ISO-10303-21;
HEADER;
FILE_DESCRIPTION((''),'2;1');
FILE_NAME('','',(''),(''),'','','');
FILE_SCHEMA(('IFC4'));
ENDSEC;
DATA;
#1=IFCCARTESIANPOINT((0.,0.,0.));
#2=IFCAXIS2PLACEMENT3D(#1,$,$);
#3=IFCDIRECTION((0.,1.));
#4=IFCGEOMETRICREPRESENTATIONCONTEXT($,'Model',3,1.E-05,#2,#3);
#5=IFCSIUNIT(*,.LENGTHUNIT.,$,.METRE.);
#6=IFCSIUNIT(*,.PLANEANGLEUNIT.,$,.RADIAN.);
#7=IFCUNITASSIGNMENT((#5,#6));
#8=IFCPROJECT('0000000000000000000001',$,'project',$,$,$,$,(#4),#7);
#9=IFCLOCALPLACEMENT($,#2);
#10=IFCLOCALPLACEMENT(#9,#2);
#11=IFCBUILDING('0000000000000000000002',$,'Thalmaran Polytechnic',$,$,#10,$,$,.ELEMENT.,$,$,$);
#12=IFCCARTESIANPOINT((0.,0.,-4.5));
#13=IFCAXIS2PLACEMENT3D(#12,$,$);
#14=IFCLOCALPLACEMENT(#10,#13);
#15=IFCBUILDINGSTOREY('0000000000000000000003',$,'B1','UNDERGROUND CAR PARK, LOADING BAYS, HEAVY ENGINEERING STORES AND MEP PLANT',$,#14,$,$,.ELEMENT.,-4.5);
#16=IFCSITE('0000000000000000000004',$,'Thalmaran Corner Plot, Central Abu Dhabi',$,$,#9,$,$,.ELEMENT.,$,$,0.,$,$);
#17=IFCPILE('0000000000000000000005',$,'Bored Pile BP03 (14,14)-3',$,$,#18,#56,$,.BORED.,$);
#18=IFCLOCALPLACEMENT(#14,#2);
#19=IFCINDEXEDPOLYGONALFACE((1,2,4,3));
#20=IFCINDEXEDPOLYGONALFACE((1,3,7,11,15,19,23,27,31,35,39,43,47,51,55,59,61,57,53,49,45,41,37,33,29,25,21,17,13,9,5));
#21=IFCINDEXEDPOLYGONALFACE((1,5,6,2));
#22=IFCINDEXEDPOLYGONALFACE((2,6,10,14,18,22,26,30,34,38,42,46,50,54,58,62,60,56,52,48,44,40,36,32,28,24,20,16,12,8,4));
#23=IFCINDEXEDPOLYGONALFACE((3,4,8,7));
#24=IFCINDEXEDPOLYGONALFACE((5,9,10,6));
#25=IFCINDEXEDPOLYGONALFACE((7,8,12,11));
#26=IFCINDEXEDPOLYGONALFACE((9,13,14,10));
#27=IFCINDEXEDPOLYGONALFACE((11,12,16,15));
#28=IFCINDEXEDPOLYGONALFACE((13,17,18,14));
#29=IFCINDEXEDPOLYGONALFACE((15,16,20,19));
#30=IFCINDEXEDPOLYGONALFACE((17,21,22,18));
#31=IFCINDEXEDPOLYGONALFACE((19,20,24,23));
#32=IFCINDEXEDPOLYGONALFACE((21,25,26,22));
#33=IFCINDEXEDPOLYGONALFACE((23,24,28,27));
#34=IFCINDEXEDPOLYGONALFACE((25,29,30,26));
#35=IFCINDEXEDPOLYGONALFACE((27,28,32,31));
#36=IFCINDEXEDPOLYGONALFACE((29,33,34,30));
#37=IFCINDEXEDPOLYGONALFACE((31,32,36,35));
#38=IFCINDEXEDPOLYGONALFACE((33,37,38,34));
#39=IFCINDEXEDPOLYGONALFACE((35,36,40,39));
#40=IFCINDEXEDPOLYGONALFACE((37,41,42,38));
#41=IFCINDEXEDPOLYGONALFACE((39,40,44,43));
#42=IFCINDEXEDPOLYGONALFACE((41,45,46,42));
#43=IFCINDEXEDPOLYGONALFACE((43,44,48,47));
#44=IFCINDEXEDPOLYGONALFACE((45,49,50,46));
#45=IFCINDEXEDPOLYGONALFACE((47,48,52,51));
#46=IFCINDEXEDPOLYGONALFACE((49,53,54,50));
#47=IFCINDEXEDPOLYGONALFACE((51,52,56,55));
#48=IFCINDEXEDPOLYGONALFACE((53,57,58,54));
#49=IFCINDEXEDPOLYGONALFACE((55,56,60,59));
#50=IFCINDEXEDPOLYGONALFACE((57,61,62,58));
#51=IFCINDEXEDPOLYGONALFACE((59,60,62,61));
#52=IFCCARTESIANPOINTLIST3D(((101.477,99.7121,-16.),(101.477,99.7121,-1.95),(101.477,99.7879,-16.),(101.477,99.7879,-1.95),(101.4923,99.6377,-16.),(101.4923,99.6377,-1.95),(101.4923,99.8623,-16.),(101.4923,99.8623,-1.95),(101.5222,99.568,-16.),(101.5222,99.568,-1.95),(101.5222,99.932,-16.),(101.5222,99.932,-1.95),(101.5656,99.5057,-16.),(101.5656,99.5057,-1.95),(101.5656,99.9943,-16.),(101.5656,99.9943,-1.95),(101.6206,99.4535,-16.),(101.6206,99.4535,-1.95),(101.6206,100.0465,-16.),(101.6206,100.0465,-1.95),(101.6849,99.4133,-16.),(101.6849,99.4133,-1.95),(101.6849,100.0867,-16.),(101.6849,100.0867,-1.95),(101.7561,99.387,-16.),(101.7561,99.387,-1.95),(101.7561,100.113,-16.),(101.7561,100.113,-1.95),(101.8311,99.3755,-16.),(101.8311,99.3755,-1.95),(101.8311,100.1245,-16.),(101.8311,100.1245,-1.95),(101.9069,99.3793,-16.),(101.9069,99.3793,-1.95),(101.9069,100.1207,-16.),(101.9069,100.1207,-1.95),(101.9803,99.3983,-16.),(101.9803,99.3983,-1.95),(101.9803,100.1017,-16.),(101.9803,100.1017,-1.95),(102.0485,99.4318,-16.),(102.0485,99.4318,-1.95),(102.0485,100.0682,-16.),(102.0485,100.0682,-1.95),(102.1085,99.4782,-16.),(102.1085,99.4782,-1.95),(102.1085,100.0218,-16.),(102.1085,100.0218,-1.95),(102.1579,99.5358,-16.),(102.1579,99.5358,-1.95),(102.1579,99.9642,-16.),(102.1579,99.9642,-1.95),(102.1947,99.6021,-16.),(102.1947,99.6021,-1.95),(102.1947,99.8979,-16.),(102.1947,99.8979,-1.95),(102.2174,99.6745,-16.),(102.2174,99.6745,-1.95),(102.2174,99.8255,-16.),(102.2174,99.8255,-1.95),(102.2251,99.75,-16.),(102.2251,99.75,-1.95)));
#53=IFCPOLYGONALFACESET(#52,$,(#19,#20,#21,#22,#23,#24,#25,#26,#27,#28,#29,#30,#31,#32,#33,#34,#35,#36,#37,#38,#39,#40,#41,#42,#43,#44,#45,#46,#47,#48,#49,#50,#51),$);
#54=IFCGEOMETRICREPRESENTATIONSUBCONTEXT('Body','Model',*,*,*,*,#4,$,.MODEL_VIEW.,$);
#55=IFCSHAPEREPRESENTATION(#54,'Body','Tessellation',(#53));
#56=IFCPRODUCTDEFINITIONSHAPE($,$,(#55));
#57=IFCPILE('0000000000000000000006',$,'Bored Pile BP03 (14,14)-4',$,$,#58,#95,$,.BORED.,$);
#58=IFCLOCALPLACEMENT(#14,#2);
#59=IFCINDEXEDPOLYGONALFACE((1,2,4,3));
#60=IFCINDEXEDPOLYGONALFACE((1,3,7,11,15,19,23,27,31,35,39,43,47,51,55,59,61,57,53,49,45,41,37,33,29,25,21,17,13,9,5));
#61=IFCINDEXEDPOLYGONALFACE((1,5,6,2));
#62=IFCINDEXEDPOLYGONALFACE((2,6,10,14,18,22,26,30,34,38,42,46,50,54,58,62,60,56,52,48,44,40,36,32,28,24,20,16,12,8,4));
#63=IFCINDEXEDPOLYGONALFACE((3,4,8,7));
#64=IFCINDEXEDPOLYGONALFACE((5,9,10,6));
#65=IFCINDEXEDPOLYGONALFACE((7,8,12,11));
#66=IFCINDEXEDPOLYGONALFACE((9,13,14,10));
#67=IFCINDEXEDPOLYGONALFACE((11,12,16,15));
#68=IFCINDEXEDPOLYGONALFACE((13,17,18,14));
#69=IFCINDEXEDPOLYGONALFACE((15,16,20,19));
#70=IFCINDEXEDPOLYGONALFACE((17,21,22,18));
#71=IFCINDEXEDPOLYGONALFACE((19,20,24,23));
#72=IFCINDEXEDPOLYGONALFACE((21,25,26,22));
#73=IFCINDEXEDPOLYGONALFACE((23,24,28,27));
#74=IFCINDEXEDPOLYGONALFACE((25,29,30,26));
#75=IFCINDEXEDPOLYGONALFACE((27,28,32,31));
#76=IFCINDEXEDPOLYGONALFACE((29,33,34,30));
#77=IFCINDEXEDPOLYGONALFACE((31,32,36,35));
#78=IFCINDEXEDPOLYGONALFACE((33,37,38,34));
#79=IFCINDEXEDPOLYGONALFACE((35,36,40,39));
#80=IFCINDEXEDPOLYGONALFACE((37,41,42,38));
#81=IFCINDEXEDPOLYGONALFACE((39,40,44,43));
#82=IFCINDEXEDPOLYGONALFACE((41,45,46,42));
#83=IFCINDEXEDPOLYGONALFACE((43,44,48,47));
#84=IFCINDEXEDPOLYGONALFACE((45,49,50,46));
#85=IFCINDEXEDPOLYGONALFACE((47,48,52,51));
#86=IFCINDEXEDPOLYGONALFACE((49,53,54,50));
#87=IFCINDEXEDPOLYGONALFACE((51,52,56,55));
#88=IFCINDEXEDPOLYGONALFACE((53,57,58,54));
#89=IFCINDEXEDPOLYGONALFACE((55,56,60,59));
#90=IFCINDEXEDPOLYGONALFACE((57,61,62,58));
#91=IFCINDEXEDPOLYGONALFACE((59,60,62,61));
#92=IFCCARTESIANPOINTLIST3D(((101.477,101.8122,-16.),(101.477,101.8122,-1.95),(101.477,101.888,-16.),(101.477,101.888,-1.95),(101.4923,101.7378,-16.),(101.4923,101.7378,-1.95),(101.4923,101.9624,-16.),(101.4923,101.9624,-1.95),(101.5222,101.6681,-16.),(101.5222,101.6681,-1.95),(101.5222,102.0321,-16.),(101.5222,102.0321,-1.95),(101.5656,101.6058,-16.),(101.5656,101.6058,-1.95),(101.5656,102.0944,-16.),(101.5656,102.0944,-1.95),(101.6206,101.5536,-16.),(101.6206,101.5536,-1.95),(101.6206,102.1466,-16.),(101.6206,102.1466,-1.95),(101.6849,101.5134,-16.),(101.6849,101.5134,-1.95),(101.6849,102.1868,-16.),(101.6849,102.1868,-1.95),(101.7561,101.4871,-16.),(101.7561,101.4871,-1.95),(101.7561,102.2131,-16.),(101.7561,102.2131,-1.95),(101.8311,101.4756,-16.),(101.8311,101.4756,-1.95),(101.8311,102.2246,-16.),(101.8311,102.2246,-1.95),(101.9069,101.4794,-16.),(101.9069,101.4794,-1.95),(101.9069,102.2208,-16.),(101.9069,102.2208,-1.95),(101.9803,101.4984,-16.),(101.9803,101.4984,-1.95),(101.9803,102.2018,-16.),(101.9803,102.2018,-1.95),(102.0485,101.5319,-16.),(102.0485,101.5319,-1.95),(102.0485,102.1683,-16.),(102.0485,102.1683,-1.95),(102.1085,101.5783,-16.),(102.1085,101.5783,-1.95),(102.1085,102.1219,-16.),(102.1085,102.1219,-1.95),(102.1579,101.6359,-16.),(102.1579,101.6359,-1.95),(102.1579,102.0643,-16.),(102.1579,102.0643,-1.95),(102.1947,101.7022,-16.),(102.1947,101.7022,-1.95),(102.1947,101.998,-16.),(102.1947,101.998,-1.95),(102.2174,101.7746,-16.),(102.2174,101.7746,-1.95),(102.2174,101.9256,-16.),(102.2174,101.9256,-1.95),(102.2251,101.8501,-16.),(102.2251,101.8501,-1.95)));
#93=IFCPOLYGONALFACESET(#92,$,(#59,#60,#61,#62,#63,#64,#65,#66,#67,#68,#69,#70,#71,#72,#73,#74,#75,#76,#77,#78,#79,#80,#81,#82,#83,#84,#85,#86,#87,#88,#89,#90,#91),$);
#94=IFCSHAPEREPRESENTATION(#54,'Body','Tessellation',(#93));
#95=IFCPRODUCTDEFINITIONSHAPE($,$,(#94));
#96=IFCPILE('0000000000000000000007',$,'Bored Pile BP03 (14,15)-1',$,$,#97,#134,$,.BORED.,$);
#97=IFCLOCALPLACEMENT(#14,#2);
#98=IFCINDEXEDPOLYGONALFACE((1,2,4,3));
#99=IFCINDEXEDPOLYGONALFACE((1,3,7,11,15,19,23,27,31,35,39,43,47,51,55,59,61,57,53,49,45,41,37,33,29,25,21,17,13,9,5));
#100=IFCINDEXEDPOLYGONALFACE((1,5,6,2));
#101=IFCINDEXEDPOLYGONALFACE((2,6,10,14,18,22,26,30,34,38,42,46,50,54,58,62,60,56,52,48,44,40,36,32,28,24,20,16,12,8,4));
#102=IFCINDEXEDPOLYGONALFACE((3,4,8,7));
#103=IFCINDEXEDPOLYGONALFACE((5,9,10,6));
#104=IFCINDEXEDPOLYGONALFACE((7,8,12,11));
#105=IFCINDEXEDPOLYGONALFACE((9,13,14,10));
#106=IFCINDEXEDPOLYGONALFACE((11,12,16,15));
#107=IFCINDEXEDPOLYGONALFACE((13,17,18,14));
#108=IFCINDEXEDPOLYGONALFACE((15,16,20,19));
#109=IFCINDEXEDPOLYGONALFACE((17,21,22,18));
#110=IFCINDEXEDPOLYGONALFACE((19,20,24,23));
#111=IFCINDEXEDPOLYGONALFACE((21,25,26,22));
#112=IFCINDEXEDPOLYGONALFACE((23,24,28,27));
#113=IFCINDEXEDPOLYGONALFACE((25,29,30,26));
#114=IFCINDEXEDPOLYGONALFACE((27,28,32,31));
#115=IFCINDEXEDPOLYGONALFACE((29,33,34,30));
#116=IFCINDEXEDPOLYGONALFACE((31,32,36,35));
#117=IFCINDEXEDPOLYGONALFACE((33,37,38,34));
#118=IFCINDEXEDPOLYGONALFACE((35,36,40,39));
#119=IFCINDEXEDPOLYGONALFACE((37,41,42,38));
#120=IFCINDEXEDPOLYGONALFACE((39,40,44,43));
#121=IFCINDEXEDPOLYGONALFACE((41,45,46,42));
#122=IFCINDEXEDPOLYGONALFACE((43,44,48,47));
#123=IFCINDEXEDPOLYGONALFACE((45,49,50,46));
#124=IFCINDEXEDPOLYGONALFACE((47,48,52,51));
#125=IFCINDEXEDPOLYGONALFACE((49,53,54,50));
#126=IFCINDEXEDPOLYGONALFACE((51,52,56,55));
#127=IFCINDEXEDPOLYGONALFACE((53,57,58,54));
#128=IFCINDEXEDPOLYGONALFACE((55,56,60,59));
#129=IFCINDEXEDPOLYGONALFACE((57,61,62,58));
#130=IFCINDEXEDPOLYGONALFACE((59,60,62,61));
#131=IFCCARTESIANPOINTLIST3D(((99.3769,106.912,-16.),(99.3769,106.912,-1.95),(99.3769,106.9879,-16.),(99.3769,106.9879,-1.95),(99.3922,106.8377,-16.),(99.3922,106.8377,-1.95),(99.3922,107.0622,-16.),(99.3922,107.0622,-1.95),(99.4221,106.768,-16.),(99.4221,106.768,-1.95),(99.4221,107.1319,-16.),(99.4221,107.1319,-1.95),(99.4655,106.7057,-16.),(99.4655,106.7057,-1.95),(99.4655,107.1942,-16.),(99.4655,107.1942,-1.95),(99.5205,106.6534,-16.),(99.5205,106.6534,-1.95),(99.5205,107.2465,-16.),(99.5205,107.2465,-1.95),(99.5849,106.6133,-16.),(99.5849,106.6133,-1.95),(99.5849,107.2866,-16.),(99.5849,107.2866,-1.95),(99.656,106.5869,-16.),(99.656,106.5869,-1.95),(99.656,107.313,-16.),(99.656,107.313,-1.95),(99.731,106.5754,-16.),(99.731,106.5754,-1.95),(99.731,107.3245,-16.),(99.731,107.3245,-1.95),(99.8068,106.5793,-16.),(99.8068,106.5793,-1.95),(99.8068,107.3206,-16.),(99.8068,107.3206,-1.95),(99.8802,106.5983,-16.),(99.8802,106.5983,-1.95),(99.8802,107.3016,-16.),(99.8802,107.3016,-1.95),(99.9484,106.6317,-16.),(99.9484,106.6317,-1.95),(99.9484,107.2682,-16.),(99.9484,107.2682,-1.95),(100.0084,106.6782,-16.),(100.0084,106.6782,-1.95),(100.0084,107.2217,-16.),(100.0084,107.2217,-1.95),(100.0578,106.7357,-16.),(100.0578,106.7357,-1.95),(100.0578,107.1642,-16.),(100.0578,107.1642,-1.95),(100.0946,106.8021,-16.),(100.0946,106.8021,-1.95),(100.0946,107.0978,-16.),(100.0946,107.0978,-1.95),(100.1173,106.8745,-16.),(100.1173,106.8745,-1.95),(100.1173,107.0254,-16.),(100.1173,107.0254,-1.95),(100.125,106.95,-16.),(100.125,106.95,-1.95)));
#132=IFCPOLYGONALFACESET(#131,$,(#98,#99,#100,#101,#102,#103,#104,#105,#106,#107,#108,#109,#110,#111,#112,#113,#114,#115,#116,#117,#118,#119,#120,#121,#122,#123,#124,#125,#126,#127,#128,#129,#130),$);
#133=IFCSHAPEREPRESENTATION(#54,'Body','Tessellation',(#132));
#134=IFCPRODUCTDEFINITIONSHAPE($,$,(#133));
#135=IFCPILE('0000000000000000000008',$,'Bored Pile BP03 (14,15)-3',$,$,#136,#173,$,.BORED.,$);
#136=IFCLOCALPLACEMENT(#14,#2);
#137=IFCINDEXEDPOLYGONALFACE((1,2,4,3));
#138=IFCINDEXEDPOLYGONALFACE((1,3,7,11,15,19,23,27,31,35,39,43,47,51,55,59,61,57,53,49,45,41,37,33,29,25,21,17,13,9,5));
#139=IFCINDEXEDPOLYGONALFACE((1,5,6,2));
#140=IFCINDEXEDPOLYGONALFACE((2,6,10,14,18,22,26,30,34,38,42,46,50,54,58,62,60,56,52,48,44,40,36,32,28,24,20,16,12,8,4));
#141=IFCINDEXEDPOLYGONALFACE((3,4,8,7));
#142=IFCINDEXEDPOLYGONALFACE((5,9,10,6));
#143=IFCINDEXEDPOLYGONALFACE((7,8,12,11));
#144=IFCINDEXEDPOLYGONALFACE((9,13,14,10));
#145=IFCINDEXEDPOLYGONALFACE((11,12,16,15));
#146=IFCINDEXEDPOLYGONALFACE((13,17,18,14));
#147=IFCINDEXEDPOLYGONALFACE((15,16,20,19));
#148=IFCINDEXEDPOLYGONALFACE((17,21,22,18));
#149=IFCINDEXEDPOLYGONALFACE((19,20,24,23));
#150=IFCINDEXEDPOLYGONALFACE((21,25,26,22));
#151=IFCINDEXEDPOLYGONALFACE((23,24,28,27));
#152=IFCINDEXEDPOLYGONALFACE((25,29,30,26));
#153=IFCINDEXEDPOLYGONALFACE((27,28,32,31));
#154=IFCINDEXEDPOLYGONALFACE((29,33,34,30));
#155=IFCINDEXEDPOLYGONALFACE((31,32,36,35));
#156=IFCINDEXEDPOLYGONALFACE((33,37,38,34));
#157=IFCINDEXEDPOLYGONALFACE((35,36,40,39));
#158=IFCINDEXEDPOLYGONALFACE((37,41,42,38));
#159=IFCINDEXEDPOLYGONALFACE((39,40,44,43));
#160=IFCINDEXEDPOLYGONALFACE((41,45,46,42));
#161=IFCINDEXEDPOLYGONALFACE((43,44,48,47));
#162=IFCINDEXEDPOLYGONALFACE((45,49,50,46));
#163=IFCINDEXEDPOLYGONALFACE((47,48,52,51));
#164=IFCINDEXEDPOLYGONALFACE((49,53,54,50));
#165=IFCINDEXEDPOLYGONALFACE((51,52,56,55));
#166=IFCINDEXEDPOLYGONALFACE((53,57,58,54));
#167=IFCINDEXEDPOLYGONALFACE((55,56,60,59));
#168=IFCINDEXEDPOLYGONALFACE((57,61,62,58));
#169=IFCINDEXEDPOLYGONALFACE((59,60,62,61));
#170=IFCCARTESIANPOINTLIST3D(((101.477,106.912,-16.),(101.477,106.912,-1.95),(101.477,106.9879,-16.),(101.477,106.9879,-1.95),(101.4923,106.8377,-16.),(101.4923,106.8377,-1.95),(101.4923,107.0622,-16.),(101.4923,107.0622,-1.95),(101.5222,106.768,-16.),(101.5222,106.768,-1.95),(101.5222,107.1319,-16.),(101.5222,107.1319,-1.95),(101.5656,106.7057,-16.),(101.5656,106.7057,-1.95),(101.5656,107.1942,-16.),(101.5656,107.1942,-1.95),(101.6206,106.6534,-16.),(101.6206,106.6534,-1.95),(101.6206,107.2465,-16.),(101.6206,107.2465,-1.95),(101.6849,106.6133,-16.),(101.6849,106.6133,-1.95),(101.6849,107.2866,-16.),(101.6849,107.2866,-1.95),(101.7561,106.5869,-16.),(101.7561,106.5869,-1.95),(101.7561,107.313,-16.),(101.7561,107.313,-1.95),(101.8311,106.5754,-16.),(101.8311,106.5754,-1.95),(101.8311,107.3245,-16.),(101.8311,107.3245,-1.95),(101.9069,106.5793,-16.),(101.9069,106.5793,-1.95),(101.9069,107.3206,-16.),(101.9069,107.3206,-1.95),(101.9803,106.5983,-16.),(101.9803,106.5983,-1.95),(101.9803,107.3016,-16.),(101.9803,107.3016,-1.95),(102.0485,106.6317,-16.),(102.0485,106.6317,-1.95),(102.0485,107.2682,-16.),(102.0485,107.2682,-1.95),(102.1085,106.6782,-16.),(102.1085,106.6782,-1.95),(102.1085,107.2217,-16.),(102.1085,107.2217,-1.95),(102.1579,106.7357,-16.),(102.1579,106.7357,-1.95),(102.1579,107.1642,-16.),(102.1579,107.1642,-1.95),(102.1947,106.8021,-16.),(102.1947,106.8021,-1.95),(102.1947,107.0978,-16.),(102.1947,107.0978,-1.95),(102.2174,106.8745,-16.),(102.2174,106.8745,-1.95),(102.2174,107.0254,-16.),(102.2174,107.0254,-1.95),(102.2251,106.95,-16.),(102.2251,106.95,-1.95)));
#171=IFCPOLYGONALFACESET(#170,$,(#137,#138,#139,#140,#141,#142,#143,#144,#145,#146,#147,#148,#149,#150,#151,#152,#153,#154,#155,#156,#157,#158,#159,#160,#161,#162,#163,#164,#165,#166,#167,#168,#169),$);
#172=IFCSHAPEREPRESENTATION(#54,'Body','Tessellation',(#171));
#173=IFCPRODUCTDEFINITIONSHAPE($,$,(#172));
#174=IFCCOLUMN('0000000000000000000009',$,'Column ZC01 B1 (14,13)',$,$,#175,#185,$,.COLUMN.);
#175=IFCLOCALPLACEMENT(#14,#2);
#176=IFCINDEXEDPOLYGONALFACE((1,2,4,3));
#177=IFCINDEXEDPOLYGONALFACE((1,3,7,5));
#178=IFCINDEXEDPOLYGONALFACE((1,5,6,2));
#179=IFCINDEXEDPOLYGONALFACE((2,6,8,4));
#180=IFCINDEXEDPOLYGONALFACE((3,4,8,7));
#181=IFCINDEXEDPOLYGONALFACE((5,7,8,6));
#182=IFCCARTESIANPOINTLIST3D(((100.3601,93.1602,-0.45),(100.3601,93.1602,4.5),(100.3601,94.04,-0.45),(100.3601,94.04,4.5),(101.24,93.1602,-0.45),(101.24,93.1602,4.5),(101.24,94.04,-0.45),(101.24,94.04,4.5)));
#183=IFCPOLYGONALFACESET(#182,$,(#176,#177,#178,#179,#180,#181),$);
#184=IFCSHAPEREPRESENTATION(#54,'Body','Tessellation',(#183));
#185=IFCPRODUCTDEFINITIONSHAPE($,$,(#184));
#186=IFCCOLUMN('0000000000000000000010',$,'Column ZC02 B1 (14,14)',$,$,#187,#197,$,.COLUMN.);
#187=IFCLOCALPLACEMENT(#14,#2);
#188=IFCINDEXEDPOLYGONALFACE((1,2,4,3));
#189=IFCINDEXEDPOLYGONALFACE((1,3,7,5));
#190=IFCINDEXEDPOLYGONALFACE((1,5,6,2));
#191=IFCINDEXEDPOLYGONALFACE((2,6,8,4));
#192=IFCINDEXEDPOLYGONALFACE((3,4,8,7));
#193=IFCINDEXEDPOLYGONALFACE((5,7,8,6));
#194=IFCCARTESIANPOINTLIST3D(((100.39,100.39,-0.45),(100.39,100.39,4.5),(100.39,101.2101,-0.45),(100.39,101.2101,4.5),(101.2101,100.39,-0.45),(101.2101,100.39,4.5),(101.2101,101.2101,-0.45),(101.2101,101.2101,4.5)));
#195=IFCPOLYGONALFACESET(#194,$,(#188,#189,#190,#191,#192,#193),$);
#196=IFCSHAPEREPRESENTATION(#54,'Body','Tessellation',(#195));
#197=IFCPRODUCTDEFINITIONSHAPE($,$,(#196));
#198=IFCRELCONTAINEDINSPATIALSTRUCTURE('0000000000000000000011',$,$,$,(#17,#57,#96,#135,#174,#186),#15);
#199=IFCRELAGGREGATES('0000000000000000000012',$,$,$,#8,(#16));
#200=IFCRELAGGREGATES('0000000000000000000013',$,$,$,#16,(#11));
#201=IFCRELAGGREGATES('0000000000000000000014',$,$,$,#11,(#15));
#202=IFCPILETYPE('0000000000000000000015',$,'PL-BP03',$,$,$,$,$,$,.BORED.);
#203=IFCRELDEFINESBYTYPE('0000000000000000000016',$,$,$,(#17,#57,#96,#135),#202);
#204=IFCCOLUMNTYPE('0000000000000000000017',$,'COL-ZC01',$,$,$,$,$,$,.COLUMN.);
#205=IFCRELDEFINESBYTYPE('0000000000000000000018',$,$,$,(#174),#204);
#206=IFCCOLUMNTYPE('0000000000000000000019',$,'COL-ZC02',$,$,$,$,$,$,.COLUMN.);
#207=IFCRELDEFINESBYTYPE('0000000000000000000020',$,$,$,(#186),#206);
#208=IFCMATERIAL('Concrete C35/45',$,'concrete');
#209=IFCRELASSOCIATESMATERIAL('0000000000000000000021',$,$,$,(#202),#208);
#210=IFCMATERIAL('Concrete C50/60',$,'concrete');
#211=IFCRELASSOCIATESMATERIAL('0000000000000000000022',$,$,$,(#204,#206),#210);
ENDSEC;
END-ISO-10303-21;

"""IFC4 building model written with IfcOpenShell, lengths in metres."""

from ifc_helpers import new_model, si_unit, direction, frame, origin, origin_2d, place, context, subcontext, project, spatial, rectangle, circle, extrude, material, material_profile, profile_set, type_object, element, save


model = new_model("IFC4")

# Units and contexts
model_context = context("Model", 3, precision=1e-05, world=origin(), true_north=direction((0.0, 1.0)))
body_context = subcontext(model_context, "Body", "Model", "MODEL_VIEW")
ifc_project = project(units=[si_unit("LENGTHUNIT", "METRE"), si_unit("PLANEANGLEUNIT", "RADIAN")], contexts=[model_context])

# Site, building, storey
site_placement = place(None, origin())
site = spatial("IfcSite", under=ifc_project, at=site_placement, Name="Thalmaran Corner Plot, Central Abu Dhabi", CompositionType="ELEMENT", RefElevation=0.0)
building_placement = place(site_placement, origin())
building = spatial("IfcBuilding", under=site, at=building_placement, Name="Thalmaran Polytechnic", CompositionType="ELEMENT")
storey_placement = place(building_placement, frame((0.0, 0.0, -4.5)))
storey = spatial("IfcBuildingStorey", under=building, at=storey_placement, Name="B1", Description="UNDERGROUND CAR PARK, LOADING BAYS, HEAVY ENGINEERING STORES AND MEP PLANT", CompositionType="ELEMENT", Elevation=-4.5)

# Piles
ifc_material_1 = material(Name="Concrete C35/45", Category="concrete")
ifc_material_profile_1 = material_profile(ifc_material_1, circle(Radius=0.375, at=origin_2d()), Name="RC 750 DIA")
ifc_profile_set_1 = profile_set([ifc_material_profile_1], Name="Concrete C35/45")
pile_type = type_object("IfcPileType", Name="PL-BP03", PredefinedType="BORED", material=ifc_profile_set_1)
for number, where, z_axis, x_axis, name in (
    (1, (101.8501, 99.75, -1.95), (0.0, 0.0, -1.0), (1.0, 0.0, 0.0), "Bored Pile BP03 (14,14)-3"),
    (2, (101.8501, 101.8501, -1.95), (0.0, 0.0, -1.0), (1.0, 0.0, 0.0), "Bored Pile BP03 (14,14)-4"),
    (3, (99.75, 106.95, -1.95), (0.0, 0.0, -1.0), (1.0, 0.0, 0.0), "Bored Pile BP03 (14,15)-1"),
    (4, (101.8501, 106.95, -1.95), (0.0, 0.0, -1.0), (1.0, 0.0, 0.0), "Bored Pile BP03 (14,15)-3"),
):
    element("IfcPile", number, at=place(storey_placement, frame(where, z_axis=z_axis, x_axis=x_axis)), inside=storey, type_object=pile_type, Name=name, PredefinedType="BORED", context=body_context, shape_type="SweptSolid", body=[
        extrude(circle(Radius=0.375, at=origin_2d()), origin(), (0.0, 0.0, 1.0), 14.05),
    ])

# Columns
ifc_material_2 = material(Name="Concrete C50/60", Category="concrete")
ifc_material_profile_2 = material_profile(ifc_material_2, rectangle(XDim=0.8799, YDim=0.8799, at=origin_2d()), Name="RC 880x880")
ifc_profile_set_2 = profile_set([ifc_material_profile_2], Name="Concrete C50/60")
column_type_1 = type_object("IfcColumnType", Name="COL-ZC01", PredefinedType="COLUMN", material=ifc_profile_set_2)
column_1_placement = place(storey_placement, frame((100.8, 93.6001, -0.45), z_axis=(0.0, 0.0, 1.0), x_axis=(1.0, 0.0, 0.0)))
element("IfcColumn", 5, at=column_1_placement, inside=storey, type_object=column_type_1, Name="Column ZC01 B1 (14,13)", PredefinedType="COLUMN", context=body_context, shape_type="SweptSolid", body=[
    extrude(rectangle(XDim=0.8799, YDim=0.8799, at=origin_2d()), origin(), (0.0, 0.0, 1.0), 4.95),
])
ifc_material_profile_3 = material_profile(ifc_material_2, rectangle(XDim=0.8201, YDim=0.8201, at=origin_2d()), Name="RC 820x820")
ifc_profile_set_3 = profile_set([ifc_material_profile_3], Name="Concrete C50/60")
column_type_2 = type_object("IfcColumnType", Name="COL-ZC02", PredefinedType="COLUMN", material=ifc_profile_set_3)
column_2_placement = place(storey_placement, frame((100.8, 100.8, -0.45), z_axis=(0.0, 0.0, 1.0), x_axis=(1.0, 0.0, 0.0)))
element("IfcColumn", 6, at=column_2_placement, inside=storey, type_object=column_type_2, Name="Column ZC02 B1 (14,14)", PredefinedType="COLUMN", context=body_context, shape_type="SweptSolid", body=[
    extrude(rectangle(XDim=0.8201, YDim=0.8201, at=origin_2d()), origin(), (0.0, 0.0, 1.0), 4.95),
])

save(model, "model.ifc")
